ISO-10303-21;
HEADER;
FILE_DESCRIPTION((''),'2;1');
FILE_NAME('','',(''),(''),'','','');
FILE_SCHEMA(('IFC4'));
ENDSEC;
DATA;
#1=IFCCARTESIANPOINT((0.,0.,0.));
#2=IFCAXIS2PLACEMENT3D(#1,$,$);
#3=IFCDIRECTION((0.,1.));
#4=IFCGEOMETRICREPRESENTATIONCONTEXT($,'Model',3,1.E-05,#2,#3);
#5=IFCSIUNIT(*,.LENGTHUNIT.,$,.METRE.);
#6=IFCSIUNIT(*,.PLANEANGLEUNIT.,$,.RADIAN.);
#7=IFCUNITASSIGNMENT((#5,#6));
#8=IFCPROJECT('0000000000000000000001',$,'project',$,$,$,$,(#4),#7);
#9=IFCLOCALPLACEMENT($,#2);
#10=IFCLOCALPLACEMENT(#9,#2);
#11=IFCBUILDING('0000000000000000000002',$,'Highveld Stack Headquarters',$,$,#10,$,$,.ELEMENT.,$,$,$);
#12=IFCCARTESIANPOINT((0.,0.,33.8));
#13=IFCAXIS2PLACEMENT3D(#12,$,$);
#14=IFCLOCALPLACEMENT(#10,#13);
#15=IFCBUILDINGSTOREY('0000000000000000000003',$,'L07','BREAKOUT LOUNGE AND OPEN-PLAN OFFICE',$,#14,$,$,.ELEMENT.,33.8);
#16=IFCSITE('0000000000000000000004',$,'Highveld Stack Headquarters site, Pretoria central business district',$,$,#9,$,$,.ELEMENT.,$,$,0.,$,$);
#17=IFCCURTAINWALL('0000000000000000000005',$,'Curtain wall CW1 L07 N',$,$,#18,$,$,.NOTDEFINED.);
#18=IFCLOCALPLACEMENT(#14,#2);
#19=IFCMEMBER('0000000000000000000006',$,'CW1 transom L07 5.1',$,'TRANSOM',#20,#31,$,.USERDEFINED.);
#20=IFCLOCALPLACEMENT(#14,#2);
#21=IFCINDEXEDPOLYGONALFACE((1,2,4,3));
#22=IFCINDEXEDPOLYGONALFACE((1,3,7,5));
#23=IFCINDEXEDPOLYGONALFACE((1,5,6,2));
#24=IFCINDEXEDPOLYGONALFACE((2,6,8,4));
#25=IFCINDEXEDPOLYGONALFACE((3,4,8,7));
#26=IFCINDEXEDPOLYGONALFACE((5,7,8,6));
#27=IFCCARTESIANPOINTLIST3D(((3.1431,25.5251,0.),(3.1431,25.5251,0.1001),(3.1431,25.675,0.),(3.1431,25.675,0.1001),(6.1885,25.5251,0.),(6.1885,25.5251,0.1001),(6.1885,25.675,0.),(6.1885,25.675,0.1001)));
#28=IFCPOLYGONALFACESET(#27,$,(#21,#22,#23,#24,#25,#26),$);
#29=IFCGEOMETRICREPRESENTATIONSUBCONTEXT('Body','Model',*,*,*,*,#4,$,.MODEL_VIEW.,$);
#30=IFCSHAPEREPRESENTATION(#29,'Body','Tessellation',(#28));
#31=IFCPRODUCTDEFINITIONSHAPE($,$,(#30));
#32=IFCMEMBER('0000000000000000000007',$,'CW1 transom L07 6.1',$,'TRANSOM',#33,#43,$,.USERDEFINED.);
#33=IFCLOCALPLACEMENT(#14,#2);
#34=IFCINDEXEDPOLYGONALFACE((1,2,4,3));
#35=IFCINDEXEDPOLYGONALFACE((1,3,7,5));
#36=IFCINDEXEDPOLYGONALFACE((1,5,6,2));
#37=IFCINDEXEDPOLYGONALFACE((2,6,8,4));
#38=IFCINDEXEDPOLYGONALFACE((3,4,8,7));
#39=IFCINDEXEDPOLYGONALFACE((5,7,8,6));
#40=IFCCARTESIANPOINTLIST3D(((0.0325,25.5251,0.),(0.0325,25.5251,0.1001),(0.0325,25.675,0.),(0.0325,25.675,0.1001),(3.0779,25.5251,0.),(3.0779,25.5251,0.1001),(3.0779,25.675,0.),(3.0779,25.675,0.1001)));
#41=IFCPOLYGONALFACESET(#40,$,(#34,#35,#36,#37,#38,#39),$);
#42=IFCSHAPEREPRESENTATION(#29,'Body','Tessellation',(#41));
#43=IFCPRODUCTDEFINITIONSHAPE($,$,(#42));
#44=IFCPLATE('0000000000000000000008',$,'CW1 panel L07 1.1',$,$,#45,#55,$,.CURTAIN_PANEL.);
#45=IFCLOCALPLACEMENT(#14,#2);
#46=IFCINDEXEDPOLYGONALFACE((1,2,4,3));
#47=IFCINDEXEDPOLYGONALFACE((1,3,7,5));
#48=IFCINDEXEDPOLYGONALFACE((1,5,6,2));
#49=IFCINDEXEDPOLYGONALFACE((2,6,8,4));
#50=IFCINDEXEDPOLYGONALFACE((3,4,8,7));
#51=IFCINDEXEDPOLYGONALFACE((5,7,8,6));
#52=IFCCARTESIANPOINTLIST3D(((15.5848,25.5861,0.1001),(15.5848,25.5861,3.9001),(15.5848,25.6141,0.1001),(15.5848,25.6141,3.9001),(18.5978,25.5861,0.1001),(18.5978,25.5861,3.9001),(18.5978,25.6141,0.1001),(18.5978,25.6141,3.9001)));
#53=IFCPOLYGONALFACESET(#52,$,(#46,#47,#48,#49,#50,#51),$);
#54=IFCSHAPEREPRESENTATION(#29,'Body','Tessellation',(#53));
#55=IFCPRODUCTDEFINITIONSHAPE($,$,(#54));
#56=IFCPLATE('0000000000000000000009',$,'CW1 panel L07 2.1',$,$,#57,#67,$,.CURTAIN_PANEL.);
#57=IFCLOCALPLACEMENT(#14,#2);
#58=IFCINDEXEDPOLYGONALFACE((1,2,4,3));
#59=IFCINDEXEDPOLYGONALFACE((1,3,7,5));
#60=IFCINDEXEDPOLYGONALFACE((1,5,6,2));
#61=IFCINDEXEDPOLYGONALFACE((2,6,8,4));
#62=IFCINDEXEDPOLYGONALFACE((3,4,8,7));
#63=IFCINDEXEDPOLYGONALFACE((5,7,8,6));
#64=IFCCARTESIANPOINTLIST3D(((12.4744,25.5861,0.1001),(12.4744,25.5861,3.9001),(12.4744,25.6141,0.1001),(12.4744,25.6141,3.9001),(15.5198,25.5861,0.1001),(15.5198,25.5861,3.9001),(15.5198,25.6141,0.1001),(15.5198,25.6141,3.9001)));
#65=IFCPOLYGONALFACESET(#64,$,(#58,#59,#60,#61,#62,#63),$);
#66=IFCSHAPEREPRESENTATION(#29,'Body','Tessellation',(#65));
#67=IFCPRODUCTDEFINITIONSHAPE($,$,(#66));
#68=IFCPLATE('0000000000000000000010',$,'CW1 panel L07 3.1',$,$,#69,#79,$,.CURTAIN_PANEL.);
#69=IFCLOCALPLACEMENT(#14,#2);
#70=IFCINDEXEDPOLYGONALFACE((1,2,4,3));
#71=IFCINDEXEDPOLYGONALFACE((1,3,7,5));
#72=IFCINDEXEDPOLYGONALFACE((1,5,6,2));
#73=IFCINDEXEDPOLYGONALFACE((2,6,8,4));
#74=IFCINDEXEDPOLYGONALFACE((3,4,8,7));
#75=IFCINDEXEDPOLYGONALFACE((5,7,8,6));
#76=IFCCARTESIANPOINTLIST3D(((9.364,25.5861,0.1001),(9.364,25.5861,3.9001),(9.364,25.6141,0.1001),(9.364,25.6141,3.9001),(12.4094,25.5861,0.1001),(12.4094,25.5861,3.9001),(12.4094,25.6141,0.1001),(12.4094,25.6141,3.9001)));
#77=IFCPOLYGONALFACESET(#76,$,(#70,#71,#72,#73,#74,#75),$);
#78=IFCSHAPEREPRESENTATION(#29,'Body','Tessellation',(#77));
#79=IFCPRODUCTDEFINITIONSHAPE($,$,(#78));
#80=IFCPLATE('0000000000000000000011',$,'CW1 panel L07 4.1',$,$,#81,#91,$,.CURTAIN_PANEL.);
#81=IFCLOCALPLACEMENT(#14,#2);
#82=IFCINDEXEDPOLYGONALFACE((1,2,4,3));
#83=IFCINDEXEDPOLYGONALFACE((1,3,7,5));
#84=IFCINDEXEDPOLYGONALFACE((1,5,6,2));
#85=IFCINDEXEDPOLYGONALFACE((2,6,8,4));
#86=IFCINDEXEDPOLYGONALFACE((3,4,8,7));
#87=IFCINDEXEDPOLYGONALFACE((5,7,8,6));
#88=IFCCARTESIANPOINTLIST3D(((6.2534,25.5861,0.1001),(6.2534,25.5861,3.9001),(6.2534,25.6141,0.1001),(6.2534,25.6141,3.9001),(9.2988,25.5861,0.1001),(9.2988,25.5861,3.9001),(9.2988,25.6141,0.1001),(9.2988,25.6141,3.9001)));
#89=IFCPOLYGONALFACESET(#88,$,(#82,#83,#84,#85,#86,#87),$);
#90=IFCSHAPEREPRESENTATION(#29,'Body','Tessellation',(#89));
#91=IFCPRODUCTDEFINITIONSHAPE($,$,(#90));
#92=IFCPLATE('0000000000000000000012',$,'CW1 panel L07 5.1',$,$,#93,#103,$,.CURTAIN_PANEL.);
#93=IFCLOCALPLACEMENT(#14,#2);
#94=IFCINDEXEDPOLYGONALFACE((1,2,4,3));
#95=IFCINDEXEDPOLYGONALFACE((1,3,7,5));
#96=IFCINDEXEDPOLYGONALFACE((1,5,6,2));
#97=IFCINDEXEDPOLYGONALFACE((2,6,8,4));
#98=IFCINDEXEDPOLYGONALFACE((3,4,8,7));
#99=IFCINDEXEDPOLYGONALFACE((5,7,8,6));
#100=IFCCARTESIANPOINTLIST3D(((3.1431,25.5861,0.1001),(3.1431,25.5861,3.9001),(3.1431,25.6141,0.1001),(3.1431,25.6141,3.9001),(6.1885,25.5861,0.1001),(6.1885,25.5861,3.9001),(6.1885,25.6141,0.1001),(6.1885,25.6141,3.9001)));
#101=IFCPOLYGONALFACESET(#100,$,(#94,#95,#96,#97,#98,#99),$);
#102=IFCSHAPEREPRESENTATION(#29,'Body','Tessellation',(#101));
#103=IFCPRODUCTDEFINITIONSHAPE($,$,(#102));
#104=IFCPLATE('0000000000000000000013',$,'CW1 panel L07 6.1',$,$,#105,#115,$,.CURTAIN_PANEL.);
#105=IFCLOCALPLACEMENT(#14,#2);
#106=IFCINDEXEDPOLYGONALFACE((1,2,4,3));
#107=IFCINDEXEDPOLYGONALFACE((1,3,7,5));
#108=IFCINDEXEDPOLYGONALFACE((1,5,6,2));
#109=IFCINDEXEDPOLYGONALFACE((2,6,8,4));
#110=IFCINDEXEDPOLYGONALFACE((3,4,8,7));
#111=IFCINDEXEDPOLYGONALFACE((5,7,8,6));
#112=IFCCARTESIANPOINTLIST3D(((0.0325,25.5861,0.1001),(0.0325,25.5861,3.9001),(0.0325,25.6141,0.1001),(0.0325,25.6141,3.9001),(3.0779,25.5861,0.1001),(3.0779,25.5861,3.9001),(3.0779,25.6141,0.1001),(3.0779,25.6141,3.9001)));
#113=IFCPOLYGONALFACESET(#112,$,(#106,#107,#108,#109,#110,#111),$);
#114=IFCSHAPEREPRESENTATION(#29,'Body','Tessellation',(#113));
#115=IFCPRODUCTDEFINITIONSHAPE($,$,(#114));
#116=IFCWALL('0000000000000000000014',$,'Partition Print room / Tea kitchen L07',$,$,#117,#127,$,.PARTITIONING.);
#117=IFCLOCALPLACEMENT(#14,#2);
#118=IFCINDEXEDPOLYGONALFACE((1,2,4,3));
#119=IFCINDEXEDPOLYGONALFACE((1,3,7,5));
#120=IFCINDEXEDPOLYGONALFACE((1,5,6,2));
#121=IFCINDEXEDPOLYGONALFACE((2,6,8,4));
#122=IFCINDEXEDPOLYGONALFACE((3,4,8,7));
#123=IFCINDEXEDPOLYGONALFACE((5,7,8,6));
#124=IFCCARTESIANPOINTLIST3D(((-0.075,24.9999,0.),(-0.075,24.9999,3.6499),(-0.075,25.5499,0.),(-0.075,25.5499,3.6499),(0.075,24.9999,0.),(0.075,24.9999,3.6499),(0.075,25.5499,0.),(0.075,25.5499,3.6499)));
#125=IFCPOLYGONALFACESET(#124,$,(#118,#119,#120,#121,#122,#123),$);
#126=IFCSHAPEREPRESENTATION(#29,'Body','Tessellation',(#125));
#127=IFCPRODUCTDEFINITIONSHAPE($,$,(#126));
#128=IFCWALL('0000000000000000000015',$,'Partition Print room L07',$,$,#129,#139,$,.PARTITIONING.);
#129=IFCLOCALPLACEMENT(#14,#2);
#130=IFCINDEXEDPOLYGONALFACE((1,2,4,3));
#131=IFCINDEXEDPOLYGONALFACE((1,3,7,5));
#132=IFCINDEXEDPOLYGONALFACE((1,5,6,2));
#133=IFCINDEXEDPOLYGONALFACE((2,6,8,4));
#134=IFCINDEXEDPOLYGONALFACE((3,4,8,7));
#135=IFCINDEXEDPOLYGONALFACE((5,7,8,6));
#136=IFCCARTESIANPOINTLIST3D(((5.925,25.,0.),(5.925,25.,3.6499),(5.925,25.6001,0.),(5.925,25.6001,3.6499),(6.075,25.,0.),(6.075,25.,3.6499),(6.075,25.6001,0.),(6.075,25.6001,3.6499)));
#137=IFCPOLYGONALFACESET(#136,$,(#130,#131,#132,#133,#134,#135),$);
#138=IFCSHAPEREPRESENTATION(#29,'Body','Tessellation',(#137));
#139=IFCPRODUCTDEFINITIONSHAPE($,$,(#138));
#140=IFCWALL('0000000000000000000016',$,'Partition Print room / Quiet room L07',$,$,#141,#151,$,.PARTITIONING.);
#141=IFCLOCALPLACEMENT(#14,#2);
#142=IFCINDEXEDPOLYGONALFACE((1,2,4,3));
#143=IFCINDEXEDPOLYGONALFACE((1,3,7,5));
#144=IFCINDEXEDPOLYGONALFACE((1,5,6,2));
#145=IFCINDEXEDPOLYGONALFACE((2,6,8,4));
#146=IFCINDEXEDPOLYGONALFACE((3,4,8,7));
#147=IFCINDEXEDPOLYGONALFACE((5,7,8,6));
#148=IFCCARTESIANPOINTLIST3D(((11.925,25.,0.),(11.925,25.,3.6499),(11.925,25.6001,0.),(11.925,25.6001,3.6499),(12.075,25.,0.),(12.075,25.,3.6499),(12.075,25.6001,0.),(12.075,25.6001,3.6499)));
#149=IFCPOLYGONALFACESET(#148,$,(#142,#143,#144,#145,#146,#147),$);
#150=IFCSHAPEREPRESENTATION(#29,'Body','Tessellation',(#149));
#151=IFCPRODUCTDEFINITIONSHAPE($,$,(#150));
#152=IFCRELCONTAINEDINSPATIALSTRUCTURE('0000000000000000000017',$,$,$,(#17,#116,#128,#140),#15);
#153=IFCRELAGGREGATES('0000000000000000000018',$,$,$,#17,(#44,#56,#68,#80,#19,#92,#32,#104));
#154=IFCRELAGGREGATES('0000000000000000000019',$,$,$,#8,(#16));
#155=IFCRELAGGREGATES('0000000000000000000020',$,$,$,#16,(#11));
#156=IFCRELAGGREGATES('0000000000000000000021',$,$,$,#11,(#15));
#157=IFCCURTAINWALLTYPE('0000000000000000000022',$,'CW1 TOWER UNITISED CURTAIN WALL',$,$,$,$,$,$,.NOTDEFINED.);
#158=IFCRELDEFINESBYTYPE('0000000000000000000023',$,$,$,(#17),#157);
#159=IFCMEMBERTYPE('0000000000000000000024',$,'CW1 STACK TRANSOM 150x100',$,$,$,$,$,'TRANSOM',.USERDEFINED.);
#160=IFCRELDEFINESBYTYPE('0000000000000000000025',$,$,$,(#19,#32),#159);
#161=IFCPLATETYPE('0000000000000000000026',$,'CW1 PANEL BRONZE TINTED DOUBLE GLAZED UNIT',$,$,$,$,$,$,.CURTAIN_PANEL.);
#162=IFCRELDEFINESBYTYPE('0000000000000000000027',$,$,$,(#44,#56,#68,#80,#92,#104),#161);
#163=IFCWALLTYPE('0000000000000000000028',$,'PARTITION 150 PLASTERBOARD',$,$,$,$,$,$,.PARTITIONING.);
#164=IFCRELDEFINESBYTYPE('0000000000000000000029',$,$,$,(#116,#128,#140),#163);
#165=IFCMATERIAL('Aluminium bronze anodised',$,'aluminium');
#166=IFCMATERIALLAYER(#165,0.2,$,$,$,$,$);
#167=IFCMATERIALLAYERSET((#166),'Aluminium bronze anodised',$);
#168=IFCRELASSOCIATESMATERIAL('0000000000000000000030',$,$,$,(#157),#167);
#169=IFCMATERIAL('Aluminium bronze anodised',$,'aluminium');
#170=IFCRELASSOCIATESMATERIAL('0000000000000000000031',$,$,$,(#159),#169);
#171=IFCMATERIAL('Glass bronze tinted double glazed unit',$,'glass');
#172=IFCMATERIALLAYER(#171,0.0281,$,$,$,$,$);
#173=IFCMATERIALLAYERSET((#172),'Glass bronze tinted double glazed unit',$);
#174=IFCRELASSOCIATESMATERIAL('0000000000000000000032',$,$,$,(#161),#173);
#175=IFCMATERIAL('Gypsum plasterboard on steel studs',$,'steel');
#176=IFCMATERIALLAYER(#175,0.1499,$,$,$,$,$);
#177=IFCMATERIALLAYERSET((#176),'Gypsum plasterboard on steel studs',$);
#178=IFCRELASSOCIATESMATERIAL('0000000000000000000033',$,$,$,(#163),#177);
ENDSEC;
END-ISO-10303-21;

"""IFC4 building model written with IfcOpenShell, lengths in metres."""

from ifc_helpers import new_model, si_unit, direction, frame, frame_2d, origin, origin_2d, place, context, subcontext, project, spatial, rectangle, extrude, material, layer, layer_set, material_profile, profile_set, type_object, element, aggregate, save


model = new_model("IFC4")

# Units and contexts
model_context = context("Model", 3, precision=1e-05, world=origin(), true_north=direction((0.0, 1.0)))
body_context = subcontext(model_context, "Body", "Model", "MODEL_VIEW")
ifc_project = project(units=[si_unit("LENGTHUNIT", "METRE"), si_unit("PLANEANGLEUNIT", "RADIAN")], contexts=[model_context])

# Site, building, storey
site_placement = place(None, origin())
site = spatial("IfcSite", under=ifc_project, at=site_placement, Name="Highveld Stack Headquarters site, Pretoria central business district", CompositionType="ELEMENT", RefElevation=0.0)
building_placement = place(site_placement, origin())
building = spatial("IfcBuilding", under=site, at=building_placement, Name="Highveld Stack Headquarters", CompositionType="ELEMENT")
storey_placement = place(building_placement, frame((0.0, 0.0, 33.8)))
storey = spatial("IfcBuildingStorey", under=building, at=storey_placement, Name="L07", Description="BREAKOUT LOUNGE AND OPEN-PLAN OFFICE", CompositionType="ELEMENT", Elevation=33.8)

# Curtain wall, members, plates
ifc_material_1 = material(Name="Aluminium bronze anodised", Category="aluminium")
ifc_layer_1 = layer(ifc_material_1, 0.2)
ifc_layer_set_1 = layer_set([ifc_layer_1], Name="Aluminium bronze anodised")
curtain_wall_type = type_object("IfcCurtainWallType", Name="CW1 TOWER UNITISED CURTAIN WALL", PredefinedType="NOTDEFINED", material=ifc_layer_set_1)
curtain_wall_placement = place(storey_placement, origin())
curtain_wall = element("IfcCurtainWall", 1, at=curtain_wall_placement, inside=storey, type_object=curtain_wall_type, Name="Curtain wall CW1 L07 N", PredefinedType="NOTDEFINED")
ifc_material_2 = material(Name="Aluminium bronze anodised", Category="aluminium")
ifc_material_profile_1 = material_profile(ifc_material_2, rectangle(XDim=0.1499, YDim=0.1001, at=origin_2d()), Name="CW1 TRANSOM 150x100")
ifc_profile_set_1 = profile_set([ifc_material_profile_1], Name="Aluminium bronze anodised")
member_type_1 = type_object("IfcMemberType", Name="CW1 STACK TRANSOM 150x100", ElementType="TRANSOM", PredefinedType="USERDEFINED", material=ifc_profile_set_1)
member_1_placement = place(storey_placement, frame((6.1885, 25.6001, 0.05), z_axis=(-1.0, 0.0, 0.0), x_axis=(0.0, -1.0, 0.0)))
member_1 = element("IfcMember", 2, at=member_1_placement, type_object=member_type_1, Name="CW1 transom L07 5.1", ObjectType="TRANSOM", PredefinedType="USERDEFINED", context=body_context, shape_type="SweptSolid", body=[
    extrude(rectangle(XDim=0.1499, YDim=0.1001, at=origin_2d()), origin(), (0.0, 0.0, 1.0), 3.0454),
])
member_2_placement = place(storey_placement, frame((3.0779, 25.6001, 0.05), z_axis=(-1.0, 0.0, 0.0), x_axis=(0.0, -1.0, 0.0)))
member_2 = element("IfcMember", 3, at=member_2_placement, type_object=member_type_1, Name="CW1 transom L07 6.1", ObjectType="TRANSOM", PredefinedType="USERDEFINED", context=body_context, shape_type="SweptSolid", body=[
    extrude(rectangle(XDim=0.1499, YDim=0.1001, at=origin_2d()), origin(), (0.0, 0.0, 1.0), 3.0454),
])
ifc_material_3 = material(Name="Glass bronze tinted double glazed unit", Category="glass")
ifc_layer_2 = layer(ifc_material_3, 0.0281)
ifc_layer_set_2 = layer_set([ifc_layer_2], Name="Glass bronze tinted double glazed unit")
plate_type = type_object("IfcPlateType", Name="CW1 PANEL BRONZE TINTED DOUBLE GLAZED UNIT", PredefinedType="CURTAIN_PANEL", material=ifc_layer_set_2)
plate_1_placement = place(storey_placement, frame((17.0913, 25.6001, 0.1001), z_axis=(0.0, 0.0, 1.0), x_axis=(-1.0, 0.0, 0.0)))
plate_1 = element("IfcPlate", 4, at=plate_1_placement, type_object=plate_type, Name="CW1 panel L07 1.1", PredefinedType="CURTAIN_PANEL", context=body_context, shape_type="SweptSolid", body=[
    extrude(rectangle(XDim=3.0129, YDim=0.0281, at=origin_2d()), origin(), (0.0, 0.0, 1.0), 3.8),
])
plate_2_placement = place(storey_placement, frame((13.9971, 25.6001, 0.1001), z_axis=(0.0, 0.0, 1.0), x_axis=(-1.0, 0.0, 0.0)))
plate_2 = element("IfcPlate", 5, at=plate_2_placement, type_object=plate_type, Name="CW1 panel L07 2.1", PredefinedType="CURTAIN_PANEL", context=body_context, shape_type="SweptSolid", body=[
    extrude(rectangle(XDim=3.0454, YDim=0.0281, at=origin_2d()), origin(), (0.0, 0.0, 1.0), 3.8),
])
plate_3_placement = place(storey_placement, frame((10.8867, 25.6001, 0.1001), z_axis=(0.0, 0.0, 1.0), x_axis=(-1.0, 0.0, 0.0)))
plate_3 = element("IfcPlate", 6, at=plate_3_placement, type_object=plate_type, Name="CW1 panel L07 3.1", PredefinedType="CURTAIN_PANEL", context=body_context, shape_type="SweptSolid", body=[
    extrude(rectangle(XDim=3.0454, YDim=0.0281, at=origin_2d()), origin(), (0.0, 0.0, 1.0), 3.8),
])
plate_4_placement = place(storey_placement, frame((7.7761, 25.6001, 0.1001), z_axis=(0.0, 0.0, 1.0), x_axis=(-1.0, 0.0, 0.0)))
plate_4 = element("IfcPlate", 7, at=plate_4_placement, type_object=plate_type, Name="CW1 panel L07 4.1", PredefinedType="CURTAIN_PANEL", context=body_context, shape_type="SweptSolid", body=[
    extrude(rectangle(XDim=3.0454, YDim=0.0281, at=origin_2d()), origin(), (0.0, 0.0, 1.0), 3.8),
])
plate_5_placement = place(storey_placement, frame((4.6658, 25.6001, 0.1001), z_axis=(0.0, 0.0, 1.0), x_axis=(-1.0, 0.0, 0.0)))
plate_5 = element("IfcPlate", 8, at=plate_5_placement, type_object=plate_type, Name="CW1 panel L07 5.1", PredefinedType="CURTAIN_PANEL", context=body_context, shape_type="SweptSolid", body=[
    extrude(rectangle(XDim=3.0454, YDim=0.0281, at=origin_2d()), origin(), (0.0, 0.0, 1.0), 3.8),
])
plate_6_placement = place(storey_placement, frame((1.5552, 25.6001, 0.1001), z_axis=(0.0, 0.0, 1.0), x_axis=(-1.0, 0.0, 0.0)))
plate_6 = element("IfcPlate", 9, at=plate_6_placement, type_object=plate_type, Name="CW1 panel L07 6.1", PredefinedType="CURTAIN_PANEL", context=body_context, shape_type="SweptSolid", body=[
    extrude(rectangle(XDim=3.0454, YDim=0.0281, at=origin_2d()), origin(), (0.0, 0.0, 1.0), 3.8),
])
aggregate(curtain_wall, [plate_1, plate_2, plate_3, plate_4, member_1, plate_5, member_2, plate_6])

# Walls
ifc_material_4 = material(Name="Gypsum plasterboard on steel studs", Category="steel")
ifc_layer_3 = layer(ifc_material_4, 0.1499)
ifc_layer_set_3 = layer_set([ifc_layer_3], Name="Gypsum plasterboard on steel studs")
wall_type = type_object("IfcWallType", Name="PARTITION 150 PLASTERBOARD", PredefinedType="PARTITIONING", material=ifc_layer_set_3)
wall_placement = place(storey_placement, frame((0.0, 25.0, 0.0), z_axis=(0.0, 0.0, 1.0), x_axis=(0.0, 1.0, 0.0)))
element("IfcWall", 10, at=wall_placement, inside=storey, type_object=wall_type, Name="Partition Print room / Tea kitchen L07", PredefinedType="PARTITIONING", context=body_context, shape_type="SweptSolid", body=[
    extrude(rectangle(XDim=0.55, YDim=0.1499, at=frame_2d((0.2749, 0.0))), origin(), (0.0, 0.0, 1.0), 3.6499),
])
for number, where, z_axis, x_axis, name in (
    (11, (6.0, 25.0, 0.0), (0.0, 0.0, 1.0), (0.0, 1.0, 0.0), "Partition Print room L07"),
    (12, (12.0, 25.0, 0.0), (0.0, 0.0, 1.0), (0.0, 1.0, 0.0), "Partition Print room / Quiet room L07"),
):
    element("IfcWall", number, at=place(storey_placement, frame(where, z_axis=z_axis, x_axis=x_axis)), inside=storey, type_object=wall_type, Name=name, PredefinedType="PARTITIONING", context=body_context, shape_type="SweptSolid", body=[
        extrude(rectangle(XDim=0.6001, YDim=0.1499, at=frame_2d((0.3, 0.0))), origin(), (0.0, 0.0, 1.0), 3.6499),
    ])

save(model, "model.ifc")
